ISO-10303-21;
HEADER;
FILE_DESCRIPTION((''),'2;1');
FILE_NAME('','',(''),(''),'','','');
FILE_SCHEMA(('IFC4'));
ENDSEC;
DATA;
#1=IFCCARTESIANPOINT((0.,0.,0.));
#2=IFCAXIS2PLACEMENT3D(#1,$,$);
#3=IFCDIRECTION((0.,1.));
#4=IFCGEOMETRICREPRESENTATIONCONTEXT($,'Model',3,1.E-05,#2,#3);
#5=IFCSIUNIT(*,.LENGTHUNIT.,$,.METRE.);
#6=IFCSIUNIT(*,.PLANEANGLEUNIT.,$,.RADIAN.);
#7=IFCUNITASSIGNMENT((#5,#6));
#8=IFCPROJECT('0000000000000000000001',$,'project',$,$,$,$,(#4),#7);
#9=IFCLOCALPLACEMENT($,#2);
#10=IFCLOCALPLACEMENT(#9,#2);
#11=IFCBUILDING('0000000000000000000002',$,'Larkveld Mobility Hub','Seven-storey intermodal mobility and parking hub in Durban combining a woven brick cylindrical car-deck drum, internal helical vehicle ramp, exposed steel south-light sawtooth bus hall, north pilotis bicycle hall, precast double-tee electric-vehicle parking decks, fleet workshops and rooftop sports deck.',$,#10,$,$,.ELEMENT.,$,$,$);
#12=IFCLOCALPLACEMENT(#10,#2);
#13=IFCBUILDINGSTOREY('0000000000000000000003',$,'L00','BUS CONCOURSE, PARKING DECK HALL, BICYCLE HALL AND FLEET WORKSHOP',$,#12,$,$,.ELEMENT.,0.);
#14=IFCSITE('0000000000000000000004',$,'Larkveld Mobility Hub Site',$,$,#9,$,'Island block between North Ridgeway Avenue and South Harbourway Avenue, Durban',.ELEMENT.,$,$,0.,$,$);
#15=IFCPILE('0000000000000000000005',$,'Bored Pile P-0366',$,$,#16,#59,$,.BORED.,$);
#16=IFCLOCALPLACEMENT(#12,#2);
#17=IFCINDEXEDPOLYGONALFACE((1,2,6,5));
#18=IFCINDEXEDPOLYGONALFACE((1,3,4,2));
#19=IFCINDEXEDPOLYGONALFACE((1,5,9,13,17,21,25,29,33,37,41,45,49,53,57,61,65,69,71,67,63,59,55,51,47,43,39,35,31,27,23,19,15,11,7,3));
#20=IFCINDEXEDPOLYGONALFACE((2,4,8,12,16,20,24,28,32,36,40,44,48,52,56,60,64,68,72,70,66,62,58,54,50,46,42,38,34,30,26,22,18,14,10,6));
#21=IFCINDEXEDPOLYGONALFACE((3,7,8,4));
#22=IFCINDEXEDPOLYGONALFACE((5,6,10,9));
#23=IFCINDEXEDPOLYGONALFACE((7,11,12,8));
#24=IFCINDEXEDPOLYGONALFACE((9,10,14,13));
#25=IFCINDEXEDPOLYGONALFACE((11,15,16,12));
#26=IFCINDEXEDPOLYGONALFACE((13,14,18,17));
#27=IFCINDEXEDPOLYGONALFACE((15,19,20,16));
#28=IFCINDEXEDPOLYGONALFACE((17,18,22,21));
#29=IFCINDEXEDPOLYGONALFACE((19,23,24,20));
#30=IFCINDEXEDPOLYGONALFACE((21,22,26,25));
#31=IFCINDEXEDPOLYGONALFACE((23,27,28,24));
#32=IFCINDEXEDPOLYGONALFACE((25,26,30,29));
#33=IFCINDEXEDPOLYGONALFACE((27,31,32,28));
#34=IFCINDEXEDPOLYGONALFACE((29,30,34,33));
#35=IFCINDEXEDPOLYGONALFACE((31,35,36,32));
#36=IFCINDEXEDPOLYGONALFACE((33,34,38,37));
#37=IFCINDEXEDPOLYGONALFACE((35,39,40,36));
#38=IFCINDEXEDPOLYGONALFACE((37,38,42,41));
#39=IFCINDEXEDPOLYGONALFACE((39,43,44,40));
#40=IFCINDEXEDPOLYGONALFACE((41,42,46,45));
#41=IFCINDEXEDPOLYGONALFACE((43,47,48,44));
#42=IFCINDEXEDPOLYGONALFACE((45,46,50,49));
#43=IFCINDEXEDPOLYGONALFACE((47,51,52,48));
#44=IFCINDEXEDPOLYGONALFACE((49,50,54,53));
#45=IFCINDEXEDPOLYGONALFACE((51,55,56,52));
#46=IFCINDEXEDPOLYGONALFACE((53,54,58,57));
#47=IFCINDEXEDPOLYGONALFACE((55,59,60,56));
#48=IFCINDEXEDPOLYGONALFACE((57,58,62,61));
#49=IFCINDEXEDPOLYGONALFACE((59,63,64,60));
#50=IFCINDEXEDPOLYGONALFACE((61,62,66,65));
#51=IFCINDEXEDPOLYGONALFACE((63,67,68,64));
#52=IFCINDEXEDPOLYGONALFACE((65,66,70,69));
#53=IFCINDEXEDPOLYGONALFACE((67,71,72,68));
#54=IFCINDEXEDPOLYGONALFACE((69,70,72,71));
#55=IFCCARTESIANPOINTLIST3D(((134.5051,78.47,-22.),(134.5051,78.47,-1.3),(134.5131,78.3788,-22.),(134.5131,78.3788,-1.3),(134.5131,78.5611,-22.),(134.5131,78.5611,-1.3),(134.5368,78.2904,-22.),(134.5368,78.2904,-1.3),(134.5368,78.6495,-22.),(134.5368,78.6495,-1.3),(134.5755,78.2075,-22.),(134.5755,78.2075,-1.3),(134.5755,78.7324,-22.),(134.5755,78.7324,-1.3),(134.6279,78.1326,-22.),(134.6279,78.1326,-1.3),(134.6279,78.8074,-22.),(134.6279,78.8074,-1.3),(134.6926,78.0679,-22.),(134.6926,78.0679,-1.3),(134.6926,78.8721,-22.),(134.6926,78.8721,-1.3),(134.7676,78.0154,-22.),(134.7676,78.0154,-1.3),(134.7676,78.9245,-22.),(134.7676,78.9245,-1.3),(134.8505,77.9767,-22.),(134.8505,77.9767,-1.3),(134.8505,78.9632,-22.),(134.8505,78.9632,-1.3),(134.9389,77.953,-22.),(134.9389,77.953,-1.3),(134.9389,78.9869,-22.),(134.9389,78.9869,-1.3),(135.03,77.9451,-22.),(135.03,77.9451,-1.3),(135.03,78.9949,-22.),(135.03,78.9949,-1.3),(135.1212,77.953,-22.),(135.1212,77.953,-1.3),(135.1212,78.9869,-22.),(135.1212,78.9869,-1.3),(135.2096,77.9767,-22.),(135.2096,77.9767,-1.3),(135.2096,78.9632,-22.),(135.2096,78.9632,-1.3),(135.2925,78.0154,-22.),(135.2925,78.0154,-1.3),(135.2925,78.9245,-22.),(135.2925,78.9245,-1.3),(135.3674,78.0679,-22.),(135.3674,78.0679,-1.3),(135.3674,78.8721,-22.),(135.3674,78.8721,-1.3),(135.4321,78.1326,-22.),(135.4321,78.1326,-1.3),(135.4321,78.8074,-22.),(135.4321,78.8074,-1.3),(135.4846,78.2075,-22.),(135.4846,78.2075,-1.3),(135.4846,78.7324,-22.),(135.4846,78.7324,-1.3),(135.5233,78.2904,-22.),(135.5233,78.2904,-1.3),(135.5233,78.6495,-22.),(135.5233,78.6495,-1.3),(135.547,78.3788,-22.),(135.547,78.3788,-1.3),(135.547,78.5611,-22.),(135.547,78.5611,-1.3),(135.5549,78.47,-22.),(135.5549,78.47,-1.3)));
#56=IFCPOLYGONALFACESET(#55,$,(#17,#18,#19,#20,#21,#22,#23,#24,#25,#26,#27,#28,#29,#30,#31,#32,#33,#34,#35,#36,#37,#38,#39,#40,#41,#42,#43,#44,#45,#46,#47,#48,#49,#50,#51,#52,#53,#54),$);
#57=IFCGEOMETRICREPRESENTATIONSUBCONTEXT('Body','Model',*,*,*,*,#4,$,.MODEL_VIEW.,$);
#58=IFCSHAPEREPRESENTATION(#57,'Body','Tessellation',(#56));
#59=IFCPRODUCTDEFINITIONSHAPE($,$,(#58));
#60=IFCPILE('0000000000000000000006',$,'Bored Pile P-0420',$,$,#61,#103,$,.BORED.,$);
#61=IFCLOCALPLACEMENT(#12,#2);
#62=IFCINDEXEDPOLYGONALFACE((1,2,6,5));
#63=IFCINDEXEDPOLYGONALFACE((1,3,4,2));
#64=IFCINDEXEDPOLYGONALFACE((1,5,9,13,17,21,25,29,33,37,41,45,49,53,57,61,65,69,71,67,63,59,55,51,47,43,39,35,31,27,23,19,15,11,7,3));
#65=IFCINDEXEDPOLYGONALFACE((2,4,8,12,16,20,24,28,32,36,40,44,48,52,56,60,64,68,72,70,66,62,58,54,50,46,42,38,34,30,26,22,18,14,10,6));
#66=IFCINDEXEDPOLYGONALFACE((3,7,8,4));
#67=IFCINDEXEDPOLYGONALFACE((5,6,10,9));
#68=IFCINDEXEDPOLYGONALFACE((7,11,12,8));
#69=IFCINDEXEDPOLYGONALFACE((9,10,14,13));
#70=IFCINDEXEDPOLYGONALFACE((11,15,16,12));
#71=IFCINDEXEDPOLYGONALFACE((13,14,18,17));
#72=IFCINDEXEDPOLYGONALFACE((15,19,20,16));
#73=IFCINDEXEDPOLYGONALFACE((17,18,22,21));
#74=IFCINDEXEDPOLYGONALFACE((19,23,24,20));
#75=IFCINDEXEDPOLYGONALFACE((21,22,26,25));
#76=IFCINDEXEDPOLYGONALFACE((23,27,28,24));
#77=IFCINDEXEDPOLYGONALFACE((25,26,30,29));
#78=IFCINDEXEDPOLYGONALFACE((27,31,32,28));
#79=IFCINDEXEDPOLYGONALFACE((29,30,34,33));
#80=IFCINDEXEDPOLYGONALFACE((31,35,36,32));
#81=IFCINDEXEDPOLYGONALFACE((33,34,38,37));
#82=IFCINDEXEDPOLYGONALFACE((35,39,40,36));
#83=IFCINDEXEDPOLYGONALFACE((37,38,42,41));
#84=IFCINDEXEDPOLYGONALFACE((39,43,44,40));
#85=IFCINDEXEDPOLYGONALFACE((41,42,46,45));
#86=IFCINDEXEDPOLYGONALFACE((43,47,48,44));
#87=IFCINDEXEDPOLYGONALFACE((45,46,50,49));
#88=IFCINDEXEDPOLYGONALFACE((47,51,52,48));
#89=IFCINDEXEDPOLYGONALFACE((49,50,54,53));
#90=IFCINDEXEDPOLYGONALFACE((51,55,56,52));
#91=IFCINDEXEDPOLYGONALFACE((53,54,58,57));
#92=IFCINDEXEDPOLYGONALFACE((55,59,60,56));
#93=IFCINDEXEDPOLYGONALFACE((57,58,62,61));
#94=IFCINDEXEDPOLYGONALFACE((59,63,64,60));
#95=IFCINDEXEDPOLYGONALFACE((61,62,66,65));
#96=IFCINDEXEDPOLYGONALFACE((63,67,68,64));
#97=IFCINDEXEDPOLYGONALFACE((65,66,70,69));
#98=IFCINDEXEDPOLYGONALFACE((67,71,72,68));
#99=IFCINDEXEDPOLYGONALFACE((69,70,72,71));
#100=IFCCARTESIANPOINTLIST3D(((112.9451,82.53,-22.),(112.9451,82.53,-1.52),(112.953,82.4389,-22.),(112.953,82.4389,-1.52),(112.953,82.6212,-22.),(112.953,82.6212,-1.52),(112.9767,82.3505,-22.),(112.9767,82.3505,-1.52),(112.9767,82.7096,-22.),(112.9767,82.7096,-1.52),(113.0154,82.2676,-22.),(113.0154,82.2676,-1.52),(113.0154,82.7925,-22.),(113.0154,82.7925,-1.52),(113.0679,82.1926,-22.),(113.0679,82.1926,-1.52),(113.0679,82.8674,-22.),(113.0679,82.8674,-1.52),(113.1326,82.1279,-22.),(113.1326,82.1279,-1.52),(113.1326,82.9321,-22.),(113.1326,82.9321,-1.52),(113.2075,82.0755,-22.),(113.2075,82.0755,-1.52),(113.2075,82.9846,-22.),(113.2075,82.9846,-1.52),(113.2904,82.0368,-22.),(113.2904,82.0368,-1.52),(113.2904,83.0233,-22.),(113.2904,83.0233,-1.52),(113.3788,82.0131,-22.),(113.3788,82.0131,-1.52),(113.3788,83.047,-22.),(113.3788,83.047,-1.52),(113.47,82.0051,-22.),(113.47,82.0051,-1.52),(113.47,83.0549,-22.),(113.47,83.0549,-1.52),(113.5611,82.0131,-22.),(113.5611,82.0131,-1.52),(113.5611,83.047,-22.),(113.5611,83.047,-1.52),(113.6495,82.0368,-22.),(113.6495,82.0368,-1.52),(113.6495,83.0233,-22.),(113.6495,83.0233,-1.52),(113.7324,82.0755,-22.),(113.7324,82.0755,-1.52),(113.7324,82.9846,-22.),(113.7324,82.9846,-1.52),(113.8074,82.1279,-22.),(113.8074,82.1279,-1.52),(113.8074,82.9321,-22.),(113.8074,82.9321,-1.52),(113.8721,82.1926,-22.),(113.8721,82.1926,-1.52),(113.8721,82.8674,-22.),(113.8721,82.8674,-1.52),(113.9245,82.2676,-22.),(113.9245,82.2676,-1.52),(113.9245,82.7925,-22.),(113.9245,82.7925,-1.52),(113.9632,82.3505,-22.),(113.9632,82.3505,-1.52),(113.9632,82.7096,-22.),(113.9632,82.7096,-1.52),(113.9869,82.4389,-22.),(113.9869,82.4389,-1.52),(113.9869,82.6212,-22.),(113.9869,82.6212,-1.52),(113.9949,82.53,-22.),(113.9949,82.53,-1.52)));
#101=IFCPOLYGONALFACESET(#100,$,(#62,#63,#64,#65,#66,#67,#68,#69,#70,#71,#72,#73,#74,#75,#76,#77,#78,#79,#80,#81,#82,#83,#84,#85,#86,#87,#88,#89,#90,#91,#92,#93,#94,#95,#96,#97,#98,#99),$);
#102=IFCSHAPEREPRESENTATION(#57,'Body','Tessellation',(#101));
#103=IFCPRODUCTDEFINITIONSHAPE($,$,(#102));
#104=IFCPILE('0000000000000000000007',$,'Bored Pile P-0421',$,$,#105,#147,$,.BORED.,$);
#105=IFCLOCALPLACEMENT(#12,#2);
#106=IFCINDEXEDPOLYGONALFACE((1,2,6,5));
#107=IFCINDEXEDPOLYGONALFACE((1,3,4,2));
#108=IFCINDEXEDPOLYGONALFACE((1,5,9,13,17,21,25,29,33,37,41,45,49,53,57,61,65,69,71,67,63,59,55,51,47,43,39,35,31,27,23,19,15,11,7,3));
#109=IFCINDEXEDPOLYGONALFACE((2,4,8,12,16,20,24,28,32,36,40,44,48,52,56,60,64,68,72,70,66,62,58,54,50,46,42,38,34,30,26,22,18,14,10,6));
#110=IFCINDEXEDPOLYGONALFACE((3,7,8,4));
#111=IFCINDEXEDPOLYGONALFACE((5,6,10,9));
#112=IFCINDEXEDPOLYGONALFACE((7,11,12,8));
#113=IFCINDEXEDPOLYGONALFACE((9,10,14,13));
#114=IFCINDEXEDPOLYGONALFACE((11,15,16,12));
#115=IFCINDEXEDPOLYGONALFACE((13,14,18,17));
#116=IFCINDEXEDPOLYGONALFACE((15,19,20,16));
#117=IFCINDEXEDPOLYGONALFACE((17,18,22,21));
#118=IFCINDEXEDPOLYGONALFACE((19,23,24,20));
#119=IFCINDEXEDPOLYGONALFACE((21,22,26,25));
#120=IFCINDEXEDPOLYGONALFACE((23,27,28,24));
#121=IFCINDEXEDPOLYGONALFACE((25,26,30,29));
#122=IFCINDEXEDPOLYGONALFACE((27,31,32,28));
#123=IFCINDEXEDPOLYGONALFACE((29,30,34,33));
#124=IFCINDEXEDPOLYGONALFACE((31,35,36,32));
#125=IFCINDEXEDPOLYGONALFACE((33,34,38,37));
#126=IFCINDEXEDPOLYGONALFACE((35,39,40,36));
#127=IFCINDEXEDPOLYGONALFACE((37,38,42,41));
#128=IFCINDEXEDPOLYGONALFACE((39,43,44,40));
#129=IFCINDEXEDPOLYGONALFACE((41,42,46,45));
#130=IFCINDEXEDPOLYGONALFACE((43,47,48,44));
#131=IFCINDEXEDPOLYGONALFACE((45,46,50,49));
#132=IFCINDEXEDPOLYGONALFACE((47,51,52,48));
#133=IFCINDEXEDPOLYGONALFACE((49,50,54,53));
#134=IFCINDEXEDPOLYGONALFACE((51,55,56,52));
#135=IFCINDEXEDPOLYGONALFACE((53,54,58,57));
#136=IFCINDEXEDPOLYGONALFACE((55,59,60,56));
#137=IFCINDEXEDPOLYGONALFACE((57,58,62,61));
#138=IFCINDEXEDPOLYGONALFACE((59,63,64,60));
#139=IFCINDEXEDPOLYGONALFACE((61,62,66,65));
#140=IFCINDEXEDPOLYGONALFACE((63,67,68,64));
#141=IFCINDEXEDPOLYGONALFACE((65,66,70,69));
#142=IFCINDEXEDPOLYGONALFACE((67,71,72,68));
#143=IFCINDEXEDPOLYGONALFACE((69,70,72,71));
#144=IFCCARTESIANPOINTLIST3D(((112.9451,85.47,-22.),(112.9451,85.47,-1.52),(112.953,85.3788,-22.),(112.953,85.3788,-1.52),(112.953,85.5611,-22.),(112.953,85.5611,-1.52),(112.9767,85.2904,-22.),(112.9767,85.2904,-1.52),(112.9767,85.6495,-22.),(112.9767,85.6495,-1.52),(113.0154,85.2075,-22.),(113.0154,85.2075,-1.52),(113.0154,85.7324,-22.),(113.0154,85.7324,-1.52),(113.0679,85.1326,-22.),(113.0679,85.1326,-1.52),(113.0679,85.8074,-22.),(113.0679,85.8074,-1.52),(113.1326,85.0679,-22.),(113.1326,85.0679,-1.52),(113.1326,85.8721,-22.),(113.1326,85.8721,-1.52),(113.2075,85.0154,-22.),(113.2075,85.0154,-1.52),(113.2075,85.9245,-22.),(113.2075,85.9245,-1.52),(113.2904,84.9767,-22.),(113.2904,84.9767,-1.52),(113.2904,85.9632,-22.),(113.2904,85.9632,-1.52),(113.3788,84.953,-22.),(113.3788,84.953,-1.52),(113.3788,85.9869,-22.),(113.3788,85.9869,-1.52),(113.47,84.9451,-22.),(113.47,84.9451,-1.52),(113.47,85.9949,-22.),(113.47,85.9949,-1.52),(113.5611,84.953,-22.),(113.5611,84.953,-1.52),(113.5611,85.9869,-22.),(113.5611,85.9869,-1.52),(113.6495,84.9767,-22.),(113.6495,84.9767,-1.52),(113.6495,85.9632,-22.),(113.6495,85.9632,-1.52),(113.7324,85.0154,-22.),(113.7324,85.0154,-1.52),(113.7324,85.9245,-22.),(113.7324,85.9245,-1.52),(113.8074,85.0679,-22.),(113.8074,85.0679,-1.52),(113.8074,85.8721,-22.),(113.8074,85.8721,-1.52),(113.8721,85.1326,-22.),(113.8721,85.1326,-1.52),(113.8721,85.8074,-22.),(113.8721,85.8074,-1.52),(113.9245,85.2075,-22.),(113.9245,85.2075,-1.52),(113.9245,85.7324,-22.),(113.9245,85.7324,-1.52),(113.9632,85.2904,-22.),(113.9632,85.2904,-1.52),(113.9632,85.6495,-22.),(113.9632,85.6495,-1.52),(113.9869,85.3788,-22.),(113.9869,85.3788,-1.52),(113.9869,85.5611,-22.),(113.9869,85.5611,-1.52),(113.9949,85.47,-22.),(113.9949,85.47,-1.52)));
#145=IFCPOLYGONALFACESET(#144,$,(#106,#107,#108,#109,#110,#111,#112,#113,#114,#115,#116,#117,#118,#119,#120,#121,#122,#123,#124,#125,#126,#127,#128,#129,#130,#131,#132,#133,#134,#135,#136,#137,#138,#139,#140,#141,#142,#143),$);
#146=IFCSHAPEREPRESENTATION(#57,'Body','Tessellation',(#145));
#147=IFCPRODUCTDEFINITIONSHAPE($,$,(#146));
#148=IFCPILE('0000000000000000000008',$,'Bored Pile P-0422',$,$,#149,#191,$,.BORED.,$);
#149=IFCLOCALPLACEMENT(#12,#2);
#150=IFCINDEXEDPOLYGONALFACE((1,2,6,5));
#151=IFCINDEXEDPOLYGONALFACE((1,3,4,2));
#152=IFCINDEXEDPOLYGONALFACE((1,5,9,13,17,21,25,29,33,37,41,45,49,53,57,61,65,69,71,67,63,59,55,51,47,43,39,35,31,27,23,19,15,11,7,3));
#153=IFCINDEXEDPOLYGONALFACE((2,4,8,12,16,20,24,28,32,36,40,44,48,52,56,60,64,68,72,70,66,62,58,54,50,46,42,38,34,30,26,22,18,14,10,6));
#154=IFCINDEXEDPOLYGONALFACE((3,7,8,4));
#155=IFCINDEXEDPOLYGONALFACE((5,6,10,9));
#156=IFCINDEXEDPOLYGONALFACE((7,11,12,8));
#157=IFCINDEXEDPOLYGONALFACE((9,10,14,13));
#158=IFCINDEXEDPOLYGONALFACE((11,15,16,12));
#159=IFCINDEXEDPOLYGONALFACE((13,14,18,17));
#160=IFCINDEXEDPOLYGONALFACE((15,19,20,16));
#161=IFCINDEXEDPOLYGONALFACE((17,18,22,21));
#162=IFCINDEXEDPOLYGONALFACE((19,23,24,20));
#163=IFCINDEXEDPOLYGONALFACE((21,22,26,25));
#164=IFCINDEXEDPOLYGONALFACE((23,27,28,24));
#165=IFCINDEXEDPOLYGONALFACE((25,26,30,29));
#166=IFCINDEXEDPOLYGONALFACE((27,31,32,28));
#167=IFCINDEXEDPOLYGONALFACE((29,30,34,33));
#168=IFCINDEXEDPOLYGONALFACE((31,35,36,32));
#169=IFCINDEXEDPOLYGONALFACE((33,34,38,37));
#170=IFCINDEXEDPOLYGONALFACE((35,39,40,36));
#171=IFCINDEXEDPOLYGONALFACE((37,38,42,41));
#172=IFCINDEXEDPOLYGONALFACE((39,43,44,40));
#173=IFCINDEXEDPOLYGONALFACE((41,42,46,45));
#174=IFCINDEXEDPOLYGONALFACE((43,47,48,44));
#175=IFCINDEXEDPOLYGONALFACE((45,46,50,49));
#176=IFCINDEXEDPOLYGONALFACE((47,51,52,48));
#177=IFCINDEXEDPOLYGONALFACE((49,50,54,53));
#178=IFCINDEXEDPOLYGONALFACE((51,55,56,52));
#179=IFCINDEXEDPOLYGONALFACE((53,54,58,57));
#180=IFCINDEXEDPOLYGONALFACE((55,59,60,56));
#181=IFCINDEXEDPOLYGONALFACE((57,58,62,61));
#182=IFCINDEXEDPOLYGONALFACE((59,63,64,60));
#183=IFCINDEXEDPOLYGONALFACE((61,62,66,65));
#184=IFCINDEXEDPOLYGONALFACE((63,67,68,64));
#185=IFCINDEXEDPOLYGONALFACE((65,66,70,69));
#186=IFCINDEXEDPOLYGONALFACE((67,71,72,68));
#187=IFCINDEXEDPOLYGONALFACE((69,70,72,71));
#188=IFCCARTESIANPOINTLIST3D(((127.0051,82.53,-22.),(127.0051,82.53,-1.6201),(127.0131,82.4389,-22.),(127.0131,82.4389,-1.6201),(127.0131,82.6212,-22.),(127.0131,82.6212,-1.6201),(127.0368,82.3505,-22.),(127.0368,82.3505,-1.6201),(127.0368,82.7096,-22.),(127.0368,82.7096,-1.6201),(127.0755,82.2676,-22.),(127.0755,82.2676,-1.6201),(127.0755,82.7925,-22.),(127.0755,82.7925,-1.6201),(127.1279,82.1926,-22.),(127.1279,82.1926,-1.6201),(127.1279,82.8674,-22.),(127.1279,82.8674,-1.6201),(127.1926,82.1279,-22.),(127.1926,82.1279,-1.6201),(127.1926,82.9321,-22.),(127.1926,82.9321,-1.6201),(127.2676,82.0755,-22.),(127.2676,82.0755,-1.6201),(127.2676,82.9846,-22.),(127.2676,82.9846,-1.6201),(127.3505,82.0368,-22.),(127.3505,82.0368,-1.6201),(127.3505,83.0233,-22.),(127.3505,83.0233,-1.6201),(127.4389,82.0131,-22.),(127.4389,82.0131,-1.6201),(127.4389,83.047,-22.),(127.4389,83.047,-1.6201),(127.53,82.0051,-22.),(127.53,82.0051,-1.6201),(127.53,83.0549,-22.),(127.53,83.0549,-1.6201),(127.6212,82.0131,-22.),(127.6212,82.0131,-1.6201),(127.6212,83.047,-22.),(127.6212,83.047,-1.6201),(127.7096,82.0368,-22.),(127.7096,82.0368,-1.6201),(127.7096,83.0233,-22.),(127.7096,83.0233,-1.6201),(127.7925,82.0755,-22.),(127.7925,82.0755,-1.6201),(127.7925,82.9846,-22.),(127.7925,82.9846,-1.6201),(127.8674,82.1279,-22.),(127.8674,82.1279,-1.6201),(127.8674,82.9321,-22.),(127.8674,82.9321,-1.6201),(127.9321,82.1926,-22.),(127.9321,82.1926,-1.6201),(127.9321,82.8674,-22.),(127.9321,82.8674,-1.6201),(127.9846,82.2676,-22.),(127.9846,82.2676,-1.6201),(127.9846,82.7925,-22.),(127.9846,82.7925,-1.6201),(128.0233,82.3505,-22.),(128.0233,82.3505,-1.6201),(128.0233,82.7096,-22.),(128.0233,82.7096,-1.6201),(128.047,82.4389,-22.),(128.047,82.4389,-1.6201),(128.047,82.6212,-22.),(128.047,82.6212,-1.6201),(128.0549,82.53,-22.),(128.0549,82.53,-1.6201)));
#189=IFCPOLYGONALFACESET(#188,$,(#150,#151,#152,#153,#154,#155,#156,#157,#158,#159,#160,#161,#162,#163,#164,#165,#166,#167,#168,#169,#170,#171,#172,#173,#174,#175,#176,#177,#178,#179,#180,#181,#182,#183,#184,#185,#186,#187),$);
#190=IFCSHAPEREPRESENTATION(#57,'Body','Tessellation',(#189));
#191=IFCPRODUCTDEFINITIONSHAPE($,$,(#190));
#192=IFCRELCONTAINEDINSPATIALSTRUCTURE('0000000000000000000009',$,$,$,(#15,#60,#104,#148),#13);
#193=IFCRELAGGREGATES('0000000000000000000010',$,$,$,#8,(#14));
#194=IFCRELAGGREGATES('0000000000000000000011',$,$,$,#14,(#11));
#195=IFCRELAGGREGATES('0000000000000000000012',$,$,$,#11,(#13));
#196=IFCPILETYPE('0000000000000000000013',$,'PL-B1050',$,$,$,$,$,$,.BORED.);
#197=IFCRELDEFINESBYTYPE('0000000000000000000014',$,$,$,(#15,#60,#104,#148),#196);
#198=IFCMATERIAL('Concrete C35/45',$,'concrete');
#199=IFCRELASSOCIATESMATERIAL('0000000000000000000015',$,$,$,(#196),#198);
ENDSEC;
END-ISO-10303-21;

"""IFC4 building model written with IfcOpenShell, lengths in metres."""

from ifc_helpers import new_model, si_unit, direction, frame, origin, origin_2d, place, context, subcontext, project, spatial, circle, extrude, material, material_profile, profile_set, type_object, element, save


model = new_model("IFC4")

# Units and contexts
model_context = context("Model", 3, precision=1e-05, world=origin(), true_north=direction((0.0, 1.0)))
body_context = subcontext(model_context, "Body", "Model", "MODEL_VIEW")
ifc_project = project(units=[si_unit("LENGTHUNIT", "METRE"), si_unit("PLANEANGLEUNIT", "RADIAN")], contexts=[model_context])

# Site, building, storey
site_placement = place(None, origin())
site = spatial("IfcSite", under=ifc_project, at=site_placement, Name="Larkveld Mobility Hub Site", LongName="Island block between North Ridgeway Avenue and South Harbourway Avenue, Durban", CompositionType="ELEMENT", RefElevation=0.0)
building_placement = place(site_placement, origin())
building = spatial("IfcBuilding", under=site, at=building_placement, Name="Larkveld Mobility Hub", Description="Seven-storey intermodal mobility and parking hub in Durban combining a woven brick cylindrical car-deck drum, internal helical vehicle ramp, exposed steel south-light sawtooth bus hall, north pilotis bicycle hall, precast double-tee electric-vehicle parking decks, fleet workshops and rooftop sports deck.", CompositionType="ELEMENT")
storey_placement = place(building_placement, origin())
storey = spatial("IfcBuildingStorey", under=building, at=storey_placement, Name="L00", Description="BUS CONCOURSE, PARKING DECK HALL, BICYCLE HALL AND FLEET WORKSHOP", CompositionType="ELEMENT", Elevation=0.0)

# Shared definitions
ifc_material_1 = material(Name="Concrete C35/45", Category="concrete")

# Piles
ifc_material_profile_1 = material_profile(ifc_material_1, circle(Radius=0.5249, at=origin_2d()), Name="PILE D1050")
ifc_profile_set_1 = profile_set([ifc_material_profile_1], Name="Concrete C35/45")
pile_type = type_object("IfcPileType", Name="PL-B1050", PredefinedType="BORED", material=ifc_profile_set_1)
for number, where, z_axis, x_axis, name in (
    (1, (135.03, 78.47, -1.3), (0.0, 0.0, -1.0), (1.0, 0.0, 0.0), "Bored Pile P-0366"),
):
    element("IfcPile", number, at=place(storey_placement, frame(where, z_axis=z_axis, x_axis=x_axis)), inside=storey, type_object=pile_type, Name=name, PredefinedType="BORED", context=body_context, shape_type="SweptSolid", body=[
        extrude(circle(Radius=0.5249, at=origin_2d()), origin(), (0.0, 0.0, 1.0), 20.7),
    ])
for number, where, z_axis, x_axis, name in (
    (2, (113.47, 82.53, -1.52), (0.0, 0.0, -1.0), (1.0, 0.0, 0.0), "Bored Pile P-0420"),
    (3, (113.47, 85.47, -1.52), (0.0, 0.0, -1.0), (1.0, 0.0, 0.0), "Bored Pile P-0421"),
):
    element("IfcPile", number, at=place(storey_placement, frame(where, z_axis=z_axis, x_axis=x_axis)), inside=storey, type_object=pile_type, Name=name, PredefinedType="BORED", context=body_context, shape_type="SweptSolid", body=[
        extrude(circle(Radius=0.5249, at=origin_2d()), origin(), (0.0, 0.0, 1.0), 20.48),
    ])
for number, where, z_axis, x_axis, name in (
    (4, (127.53, 82.53, -1.6201), (0.0, 0.0, -1.0), (1.0, 0.0, 0.0), "Bored Pile P-0422"),
):
    element("IfcPile", number, at=place(storey_placement, frame(where, z_axis=z_axis, x_axis=x_axis)), inside=storey, type_object=pile_type, Name=name, PredefinedType="BORED", context=body_context, shape_type="SweptSolid", body=[
        extrude(circle(Radius=0.5249, at=origin_2d()), origin(), (0.0, 0.0, 1.0), 20.3799),
    ])

save(model, "model.ifc")
